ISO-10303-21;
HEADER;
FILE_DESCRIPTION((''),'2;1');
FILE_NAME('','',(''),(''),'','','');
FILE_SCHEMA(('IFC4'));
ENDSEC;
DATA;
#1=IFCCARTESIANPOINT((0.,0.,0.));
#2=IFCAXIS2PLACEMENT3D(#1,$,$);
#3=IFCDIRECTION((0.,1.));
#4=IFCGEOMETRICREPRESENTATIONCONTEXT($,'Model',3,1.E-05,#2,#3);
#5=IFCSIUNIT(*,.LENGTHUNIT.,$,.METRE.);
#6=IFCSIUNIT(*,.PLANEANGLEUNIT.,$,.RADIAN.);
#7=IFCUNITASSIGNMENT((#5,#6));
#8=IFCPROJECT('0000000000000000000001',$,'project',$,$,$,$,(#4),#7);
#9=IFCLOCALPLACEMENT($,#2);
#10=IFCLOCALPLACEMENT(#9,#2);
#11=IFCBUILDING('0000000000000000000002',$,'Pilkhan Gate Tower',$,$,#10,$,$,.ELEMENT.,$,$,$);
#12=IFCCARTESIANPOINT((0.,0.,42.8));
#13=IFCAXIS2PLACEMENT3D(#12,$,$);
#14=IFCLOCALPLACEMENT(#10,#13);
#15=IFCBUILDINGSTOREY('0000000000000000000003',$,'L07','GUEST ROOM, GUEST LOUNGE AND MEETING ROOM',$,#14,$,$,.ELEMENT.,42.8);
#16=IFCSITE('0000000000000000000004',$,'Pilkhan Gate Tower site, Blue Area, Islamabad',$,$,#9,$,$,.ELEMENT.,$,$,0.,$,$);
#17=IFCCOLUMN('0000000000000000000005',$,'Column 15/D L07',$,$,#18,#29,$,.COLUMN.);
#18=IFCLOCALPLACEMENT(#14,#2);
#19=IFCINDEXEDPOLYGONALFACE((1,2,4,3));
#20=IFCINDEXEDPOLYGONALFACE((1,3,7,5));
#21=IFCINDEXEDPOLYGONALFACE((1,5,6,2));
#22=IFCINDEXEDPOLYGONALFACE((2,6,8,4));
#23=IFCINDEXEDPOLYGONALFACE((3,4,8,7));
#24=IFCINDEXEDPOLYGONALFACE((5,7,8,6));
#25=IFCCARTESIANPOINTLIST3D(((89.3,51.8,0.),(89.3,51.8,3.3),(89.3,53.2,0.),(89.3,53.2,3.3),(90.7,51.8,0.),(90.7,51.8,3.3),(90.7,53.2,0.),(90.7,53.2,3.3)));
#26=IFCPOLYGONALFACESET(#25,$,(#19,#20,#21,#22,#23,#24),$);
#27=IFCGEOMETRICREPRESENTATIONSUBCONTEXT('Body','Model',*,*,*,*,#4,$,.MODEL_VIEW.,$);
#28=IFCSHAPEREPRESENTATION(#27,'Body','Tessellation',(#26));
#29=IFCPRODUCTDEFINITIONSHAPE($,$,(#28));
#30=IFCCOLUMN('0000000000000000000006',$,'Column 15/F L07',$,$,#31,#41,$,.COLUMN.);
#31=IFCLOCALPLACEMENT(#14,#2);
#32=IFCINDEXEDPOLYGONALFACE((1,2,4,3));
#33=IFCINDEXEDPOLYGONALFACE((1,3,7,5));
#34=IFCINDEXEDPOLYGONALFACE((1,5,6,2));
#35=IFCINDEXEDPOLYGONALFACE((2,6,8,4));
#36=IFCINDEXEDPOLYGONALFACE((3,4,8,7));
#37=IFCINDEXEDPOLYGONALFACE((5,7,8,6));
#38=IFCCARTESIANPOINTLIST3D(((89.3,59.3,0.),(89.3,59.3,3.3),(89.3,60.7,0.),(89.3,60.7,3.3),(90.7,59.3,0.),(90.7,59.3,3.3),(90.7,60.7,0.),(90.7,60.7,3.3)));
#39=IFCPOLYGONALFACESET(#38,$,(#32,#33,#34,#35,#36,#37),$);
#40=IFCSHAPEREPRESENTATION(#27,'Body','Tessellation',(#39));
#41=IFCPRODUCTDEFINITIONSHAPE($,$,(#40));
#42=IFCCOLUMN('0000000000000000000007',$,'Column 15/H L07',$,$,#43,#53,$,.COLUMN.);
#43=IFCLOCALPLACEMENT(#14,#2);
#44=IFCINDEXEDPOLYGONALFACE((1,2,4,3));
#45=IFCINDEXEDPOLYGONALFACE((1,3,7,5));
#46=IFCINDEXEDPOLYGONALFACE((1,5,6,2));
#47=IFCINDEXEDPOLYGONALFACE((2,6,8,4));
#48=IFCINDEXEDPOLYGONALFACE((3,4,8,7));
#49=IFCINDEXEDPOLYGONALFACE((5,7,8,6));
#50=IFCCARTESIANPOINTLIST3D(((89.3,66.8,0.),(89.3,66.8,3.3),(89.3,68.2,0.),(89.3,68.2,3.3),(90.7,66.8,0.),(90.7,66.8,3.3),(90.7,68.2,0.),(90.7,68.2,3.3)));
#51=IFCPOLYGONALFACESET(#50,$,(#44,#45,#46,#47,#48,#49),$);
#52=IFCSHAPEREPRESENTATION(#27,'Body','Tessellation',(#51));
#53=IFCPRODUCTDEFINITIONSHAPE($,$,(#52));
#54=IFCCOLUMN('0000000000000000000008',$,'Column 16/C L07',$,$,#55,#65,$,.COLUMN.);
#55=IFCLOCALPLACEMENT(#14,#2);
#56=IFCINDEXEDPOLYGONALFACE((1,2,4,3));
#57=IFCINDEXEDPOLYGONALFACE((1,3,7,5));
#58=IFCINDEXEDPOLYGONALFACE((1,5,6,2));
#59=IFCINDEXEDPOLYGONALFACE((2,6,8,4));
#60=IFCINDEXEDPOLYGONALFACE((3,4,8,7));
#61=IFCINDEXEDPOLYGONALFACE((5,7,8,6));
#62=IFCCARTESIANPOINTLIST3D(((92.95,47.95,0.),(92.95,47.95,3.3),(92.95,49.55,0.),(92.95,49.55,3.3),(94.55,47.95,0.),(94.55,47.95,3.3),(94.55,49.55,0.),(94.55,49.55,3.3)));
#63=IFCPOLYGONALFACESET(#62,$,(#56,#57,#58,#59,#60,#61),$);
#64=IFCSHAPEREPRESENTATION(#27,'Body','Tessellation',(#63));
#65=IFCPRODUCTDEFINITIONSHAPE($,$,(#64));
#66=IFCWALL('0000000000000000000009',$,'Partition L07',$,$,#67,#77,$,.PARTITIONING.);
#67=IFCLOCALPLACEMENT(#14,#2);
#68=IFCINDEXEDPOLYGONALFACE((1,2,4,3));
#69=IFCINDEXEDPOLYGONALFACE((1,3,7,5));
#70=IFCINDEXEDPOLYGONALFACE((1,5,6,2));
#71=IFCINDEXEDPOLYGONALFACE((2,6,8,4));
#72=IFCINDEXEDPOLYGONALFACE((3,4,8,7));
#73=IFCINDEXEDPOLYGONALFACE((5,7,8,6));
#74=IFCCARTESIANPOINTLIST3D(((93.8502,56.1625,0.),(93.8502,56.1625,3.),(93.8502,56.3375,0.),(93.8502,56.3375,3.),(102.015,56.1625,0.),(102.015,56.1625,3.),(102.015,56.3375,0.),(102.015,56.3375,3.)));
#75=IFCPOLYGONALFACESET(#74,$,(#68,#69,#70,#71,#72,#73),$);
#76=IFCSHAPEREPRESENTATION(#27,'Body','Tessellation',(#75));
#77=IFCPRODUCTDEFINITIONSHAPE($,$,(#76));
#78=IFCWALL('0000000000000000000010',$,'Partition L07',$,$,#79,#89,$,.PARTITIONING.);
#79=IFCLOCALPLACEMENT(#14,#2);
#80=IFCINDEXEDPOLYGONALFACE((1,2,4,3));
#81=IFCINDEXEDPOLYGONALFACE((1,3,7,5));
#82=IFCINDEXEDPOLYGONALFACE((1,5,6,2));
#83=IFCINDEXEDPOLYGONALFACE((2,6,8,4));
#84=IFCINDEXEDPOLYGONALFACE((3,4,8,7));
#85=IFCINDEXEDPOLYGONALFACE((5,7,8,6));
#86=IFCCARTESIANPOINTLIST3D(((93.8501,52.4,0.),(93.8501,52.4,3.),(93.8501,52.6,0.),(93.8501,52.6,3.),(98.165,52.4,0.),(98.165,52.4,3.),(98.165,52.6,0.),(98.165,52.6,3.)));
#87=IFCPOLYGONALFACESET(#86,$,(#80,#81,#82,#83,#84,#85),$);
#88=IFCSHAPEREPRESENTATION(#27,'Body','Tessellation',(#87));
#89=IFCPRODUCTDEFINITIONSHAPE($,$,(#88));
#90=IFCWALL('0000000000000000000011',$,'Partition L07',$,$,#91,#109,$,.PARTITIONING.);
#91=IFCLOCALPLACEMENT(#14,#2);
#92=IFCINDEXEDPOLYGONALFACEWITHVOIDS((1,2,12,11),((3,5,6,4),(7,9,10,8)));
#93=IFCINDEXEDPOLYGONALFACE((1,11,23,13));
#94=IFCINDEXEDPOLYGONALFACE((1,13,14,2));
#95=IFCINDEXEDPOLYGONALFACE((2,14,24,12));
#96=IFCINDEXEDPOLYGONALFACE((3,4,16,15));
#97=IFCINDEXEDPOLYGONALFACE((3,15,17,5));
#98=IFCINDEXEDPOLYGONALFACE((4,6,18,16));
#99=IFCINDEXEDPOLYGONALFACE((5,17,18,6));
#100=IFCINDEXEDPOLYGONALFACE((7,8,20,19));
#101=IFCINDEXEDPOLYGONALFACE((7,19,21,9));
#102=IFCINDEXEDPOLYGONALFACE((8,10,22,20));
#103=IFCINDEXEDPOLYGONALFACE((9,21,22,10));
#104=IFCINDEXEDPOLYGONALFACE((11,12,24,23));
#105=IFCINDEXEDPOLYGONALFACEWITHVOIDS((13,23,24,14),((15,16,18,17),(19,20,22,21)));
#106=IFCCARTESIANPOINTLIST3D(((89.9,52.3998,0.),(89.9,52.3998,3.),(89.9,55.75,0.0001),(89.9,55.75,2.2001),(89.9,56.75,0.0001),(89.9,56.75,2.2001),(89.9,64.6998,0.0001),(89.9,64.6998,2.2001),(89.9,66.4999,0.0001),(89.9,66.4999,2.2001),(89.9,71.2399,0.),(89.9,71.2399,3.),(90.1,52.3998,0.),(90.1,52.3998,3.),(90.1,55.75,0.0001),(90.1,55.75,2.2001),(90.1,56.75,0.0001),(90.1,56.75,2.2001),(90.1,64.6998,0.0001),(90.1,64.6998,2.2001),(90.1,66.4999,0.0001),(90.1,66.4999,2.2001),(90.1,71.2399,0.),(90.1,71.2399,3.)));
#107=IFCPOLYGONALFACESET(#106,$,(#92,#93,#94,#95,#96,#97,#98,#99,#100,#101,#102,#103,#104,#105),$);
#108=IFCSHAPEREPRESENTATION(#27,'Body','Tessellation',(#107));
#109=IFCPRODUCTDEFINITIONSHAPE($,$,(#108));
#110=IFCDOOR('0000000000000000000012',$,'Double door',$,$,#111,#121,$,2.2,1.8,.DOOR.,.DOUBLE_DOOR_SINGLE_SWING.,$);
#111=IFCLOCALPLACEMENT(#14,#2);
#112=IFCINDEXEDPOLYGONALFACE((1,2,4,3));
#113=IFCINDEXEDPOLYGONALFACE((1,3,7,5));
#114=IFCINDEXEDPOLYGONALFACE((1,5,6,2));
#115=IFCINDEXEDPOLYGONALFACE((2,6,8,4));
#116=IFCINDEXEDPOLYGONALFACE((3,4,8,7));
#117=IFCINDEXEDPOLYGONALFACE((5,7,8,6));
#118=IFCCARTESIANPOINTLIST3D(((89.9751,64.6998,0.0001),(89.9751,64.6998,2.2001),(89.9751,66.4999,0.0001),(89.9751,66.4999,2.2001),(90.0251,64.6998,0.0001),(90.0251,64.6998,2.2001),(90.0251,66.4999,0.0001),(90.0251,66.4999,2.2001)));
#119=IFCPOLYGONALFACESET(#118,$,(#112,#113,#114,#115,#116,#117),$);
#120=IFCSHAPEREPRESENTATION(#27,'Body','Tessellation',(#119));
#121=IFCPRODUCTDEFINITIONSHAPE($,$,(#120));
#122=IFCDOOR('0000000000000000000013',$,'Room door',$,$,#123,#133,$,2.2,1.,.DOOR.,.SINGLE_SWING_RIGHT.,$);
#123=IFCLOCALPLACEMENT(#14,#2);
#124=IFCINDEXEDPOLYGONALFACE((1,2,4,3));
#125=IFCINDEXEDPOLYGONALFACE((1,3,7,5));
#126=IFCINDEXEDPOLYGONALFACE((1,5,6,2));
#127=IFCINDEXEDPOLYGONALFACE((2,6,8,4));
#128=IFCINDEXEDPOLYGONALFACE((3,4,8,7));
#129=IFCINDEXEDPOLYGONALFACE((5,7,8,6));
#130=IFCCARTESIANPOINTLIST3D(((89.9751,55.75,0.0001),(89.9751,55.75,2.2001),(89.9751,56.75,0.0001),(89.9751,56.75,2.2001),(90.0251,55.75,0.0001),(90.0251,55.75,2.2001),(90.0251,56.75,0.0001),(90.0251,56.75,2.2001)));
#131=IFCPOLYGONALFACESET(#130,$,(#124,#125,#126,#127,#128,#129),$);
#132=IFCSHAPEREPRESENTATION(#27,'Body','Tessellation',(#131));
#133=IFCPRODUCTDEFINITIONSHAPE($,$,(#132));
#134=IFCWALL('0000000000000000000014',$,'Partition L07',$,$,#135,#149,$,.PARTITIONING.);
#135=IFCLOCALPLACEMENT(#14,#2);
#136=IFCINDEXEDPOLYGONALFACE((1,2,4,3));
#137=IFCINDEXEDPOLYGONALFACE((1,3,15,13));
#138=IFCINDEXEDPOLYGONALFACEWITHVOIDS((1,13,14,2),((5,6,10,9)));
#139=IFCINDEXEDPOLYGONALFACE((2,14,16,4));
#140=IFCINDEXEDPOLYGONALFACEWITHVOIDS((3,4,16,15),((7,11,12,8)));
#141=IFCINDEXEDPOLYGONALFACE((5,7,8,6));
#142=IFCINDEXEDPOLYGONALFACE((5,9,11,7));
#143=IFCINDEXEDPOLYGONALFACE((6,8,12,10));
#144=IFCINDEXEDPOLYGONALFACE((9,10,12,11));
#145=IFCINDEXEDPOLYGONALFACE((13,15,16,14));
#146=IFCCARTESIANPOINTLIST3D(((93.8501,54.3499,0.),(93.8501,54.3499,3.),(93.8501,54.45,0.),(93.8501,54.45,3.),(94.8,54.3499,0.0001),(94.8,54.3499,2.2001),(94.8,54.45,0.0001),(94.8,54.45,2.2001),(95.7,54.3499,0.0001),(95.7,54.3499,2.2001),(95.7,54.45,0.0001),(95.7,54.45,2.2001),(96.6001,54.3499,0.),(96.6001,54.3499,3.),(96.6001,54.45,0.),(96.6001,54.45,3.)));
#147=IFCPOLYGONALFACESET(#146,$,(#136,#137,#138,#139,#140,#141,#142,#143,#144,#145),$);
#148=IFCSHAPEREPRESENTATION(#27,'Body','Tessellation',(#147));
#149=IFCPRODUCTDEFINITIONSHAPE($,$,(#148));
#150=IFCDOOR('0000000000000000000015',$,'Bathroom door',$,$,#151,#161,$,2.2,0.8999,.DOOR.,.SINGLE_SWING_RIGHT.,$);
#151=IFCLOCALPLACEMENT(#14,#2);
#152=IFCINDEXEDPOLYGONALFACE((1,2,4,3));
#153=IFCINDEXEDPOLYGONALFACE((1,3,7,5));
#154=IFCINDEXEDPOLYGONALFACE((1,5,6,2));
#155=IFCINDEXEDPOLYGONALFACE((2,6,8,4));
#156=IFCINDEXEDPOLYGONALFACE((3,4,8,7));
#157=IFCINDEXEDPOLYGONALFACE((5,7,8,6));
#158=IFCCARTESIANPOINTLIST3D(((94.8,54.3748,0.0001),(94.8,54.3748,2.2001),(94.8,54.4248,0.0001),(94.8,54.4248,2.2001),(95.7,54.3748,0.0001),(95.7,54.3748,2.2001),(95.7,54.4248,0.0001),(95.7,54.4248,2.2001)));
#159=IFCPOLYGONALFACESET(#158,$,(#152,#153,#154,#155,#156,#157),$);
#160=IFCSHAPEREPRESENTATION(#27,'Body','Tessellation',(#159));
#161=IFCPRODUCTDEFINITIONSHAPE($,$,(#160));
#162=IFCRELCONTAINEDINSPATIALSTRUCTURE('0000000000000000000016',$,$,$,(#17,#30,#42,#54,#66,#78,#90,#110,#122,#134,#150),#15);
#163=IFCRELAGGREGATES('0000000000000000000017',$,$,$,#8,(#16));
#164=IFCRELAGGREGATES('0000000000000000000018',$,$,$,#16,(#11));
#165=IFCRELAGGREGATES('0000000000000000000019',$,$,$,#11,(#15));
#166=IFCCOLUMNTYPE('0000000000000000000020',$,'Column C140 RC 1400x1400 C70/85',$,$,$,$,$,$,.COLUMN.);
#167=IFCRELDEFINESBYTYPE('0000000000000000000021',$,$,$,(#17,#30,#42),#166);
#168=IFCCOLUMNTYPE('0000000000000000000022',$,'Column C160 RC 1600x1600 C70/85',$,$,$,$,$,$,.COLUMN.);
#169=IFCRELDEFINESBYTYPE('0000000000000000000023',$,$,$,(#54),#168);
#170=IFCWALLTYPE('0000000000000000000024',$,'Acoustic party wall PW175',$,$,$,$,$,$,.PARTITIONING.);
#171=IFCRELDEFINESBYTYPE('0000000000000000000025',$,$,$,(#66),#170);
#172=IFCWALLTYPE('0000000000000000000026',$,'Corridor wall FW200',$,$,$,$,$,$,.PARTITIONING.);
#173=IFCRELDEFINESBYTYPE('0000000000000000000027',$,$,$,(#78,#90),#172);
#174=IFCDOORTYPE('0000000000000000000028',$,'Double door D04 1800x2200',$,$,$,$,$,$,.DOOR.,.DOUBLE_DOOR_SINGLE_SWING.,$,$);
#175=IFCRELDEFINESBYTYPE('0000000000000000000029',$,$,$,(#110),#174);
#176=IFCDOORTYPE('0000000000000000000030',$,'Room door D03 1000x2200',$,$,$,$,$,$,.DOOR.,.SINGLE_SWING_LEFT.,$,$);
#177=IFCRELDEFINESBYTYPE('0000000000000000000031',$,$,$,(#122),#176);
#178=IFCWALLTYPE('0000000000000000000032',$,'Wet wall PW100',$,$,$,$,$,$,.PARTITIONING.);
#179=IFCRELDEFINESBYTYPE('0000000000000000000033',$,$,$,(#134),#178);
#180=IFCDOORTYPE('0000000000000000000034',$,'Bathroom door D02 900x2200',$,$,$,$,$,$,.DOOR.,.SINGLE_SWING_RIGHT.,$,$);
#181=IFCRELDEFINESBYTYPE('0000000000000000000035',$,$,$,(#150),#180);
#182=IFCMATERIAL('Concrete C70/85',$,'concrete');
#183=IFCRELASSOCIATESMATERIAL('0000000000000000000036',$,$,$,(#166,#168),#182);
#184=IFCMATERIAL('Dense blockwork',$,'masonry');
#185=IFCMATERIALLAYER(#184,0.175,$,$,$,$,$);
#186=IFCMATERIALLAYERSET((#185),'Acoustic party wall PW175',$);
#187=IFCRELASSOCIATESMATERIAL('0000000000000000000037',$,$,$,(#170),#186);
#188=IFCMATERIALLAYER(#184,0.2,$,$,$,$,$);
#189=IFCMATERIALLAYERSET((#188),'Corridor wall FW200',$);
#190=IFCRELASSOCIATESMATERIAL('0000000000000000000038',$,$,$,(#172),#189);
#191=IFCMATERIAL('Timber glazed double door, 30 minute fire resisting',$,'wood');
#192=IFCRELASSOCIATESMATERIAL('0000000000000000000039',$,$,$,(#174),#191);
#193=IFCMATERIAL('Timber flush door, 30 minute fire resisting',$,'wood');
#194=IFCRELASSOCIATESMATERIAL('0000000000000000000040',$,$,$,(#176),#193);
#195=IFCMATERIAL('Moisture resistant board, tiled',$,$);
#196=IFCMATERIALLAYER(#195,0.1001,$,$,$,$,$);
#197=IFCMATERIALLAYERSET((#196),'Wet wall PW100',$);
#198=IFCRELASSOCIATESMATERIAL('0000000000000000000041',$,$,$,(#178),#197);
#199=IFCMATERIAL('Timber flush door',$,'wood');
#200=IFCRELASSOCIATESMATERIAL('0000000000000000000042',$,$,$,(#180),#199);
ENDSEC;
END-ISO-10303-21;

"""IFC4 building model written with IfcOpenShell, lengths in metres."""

from ifc_helpers import new_model, si_unit, direction, frame, frame_2d, origin, origin_2d, place, context, subcontext, project, spatial, rectangle, extrude, material, layer, layer_set, material_profile, profile_set, type_object, element, fill, save


model = new_model("IFC4")

# Units and contexts
model_context = context("Model", 3, precision=1e-05, world=origin(), true_north=direction((0.0, 1.0)))
body_context = subcontext(model_context, "Body", "Model", "MODEL_VIEW")
ifc_project = project(units=[si_unit("LENGTHUNIT", "METRE"), si_unit("PLANEANGLEUNIT", "RADIAN")], contexts=[model_context])

# Site, building, storey
site_placement = place(None, origin())
site = spatial("IfcSite", under=ifc_project, at=site_placement, Name="Pilkhan Gate Tower site, Blue Area, Islamabad", CompositionType="ELEMENT", RefElevation=0.0)
building_placement = place(site_placement, origin())
building = spatial("IfcBuilding", under=site, at=building_placement, Name="Pilkhan Gate Tower", CompositionType="ELEMENT")
storey_placement = place(building_placement, frame((0.0, 0.0, 42.8)))
storey = spatial("IfcBuildingStorey", under=building, at=storey_placement, Name="L07", Description="GUEST ROOM, GUEST LOUNGE AND MEETING ROOM", CompositionType="ELEMENT", Elevation=42.8)

# Columns
ifc_material_1 = material(Name="Concrete C70/85", Category="concrete")
ifc_material_profile_1 = material_profile(ifc_material_1, rectangle(XDim=1.3999, YDim=1.3999, at=origin_2d()), Name="RC 1400x1400")
ifc_profile_set_1 = profile_set([ifc_material_profile_1], Name="Concrete C70/85")
column_type_1 = type_object("IfcColumnType", Name="Column C140 RC 1400x1400 C70/85", PredefinedType="COLUMN", material=ifc_profile_set_1)
for number, where, z_axis, x_axis, name in (
    (1, (90.0, 52.5, 0.0), (0.0, 0.0, 1.0), (1.0, 0.0, 0.0), "Column 15/D L07"),
    (2, (90.0, 60.0, 0.0), (0.0, 0.0, 1.0), (1.0, 0.0, 0.0), "Column 15/F L07"),
    (3, (90.0, 67.5, 0.0), (0.0, 0.0, 1.0), (1.0, 0.0, 0.0), "Column 15/H L07"),
):
    element("IfcColumn", number, at=place(storey_placement, frame(where, z_axis=z_axis, x_axis=x_axis)), inside=storey, type_object=column_type_1, Name=name, PredefinedType="COLUMN", context=body_context, shape_type="SweptSolid", body=[
        extrude(rectangle(XDim=1.3999, YDim=1.3999, at=origin_2d()), origin(), (0.0, 0.0, 1.0), 3.3),
    ])
ifc_material_profile_2 = material_profile(ifc_material_1, rectangle(XDim=1.6001, YDim=1.6001, at=origin_2d()), Name="RC 1600x1600")
ifc_profile_set_2 = profile_set([ifc_material_profile_2], Name="Concrete C70/85")
column_type_2 = type_object("IfcColumnType", Name="Column C160 RC 1600x1600 C70/85", PredefinedType="COLUMN", material=ifc_profile_set_2)
column_placement = place(storey_placement, frame((93.75, 48.75, 0.0), z_axis=(0.0, 0.0, 1.0), x_axis=(1.0, 0.0, 0.0)))
element("IfcColumn", 4, at=column_placement, inside=storey, type_object=column_type_2, Name="Column 16/C L07", PredefinedType="COLUMN", context=body_context, shape_type="SweptSolid", body=[
    extrude(rectangle(XDim=1.6001, YDim=1.6001, at=origin_2d()), origin(), (0.0, 0.0, 1.0), 3.3),
])

# Walls
ifc_material_2 = material(Name="Dense blockwork", Category="masonry")
ifc_layer_1 = layer(ifc_material_2, 0.175)
ifc_layer_set_1 = layer_set([ifc_layer_1], Name="Acoustic party wall PW175")
wall_type_1 = type_object("IfcWallType", Name="Acoustic party wall PW175", PredefinedType="PARTITIONING", material=ifc_layer_set_1)
wall_1_placement = place(storey_placement, frame((93.8501, 56.25, 0.0), z_axis=(0.0, 0.0, 1.0), x_axis=(1.0, 0.0, 0.0)))
element("IfcWall", 5, at=wall_1_placement, inside=storey, type_object=wall_type_1, Name="Partition L07", PredefinedType="PARTITIONING", context=body_context, shape_type="SweptSolid", body=[
    extrude(rectangle(XDim=8.1648, YDim=0.175, at=frame_2d((4.0825, 0.0))), origin(), (0.0, 0.0, 1.0), 3.0),
])
ifc_layer_2 = layer(ifc_material_2, 0.2)
ifc_layer_set_2 = layer_set([ifc_layer_2], Name="Corridor wall FW200")
wall_type_2 = type_object("IfcWallType", Name="Corridor wall FW200", PredefinedType="PARTITIONING", material=ifc_layer_set_2)
wall_2_placement = place(storey_placement, frame((93.8501, 52.5, 0.0), z_axis=(0.0, 0.0, 1.0), x_axis=(1.0, 0.0, 0.0)))
element("IfcWall", 6, at=wall_2_placement, inside=storey, type_object=wall_type_2, Name="Partition L07", PredefinedType="PARTITIONING", context=body_context, shape_type="SweptSolid", body=[
    extrude(rectangle(XDim=4.3149, YDim=0.2, at=frame_2d((2.1575, 0.0))), origin(), (0.0, 0.0, 1.0), 3.0),
])

# Wall, openings, doors
wall_3_placement = place(storey_placement, frame((90.0, 52.3999, 0.0), z_axis=(0.0, 0.0, 1.0), x_axis=(0.0, 1.0, 0.0)))
wall_3 = element("IfcWall", 7, at=wall_3_placement, inside=storey, type_object=wall_type_2, Name="Partition L07", PredefinedType="PARTITIONING", context=body_context, shape_type="SweptSolid", body=[
    extrude(rectangle(XDim=18.8401, YDim=0.2, at=frame_2d((9.4199, 0.0))), origin(), (0.0, 0.0, 1.0), 3.0),
])
opening_1_placement = place(wall_3_placement, frame((3.3501, 0.0, 0.0)))
opening_1 = element("IfcOpeningElement", 8, at=opening_1_placement, cuts=wall_3, PredefinedType="OPENING", context=body_context, shape_type="SweptSolid", body=[
    extrude(rectangle(XDim=1.0, YDim=2.2, at=frame_2d((0.5, 1.1001))), frame((0.0, 0.1099, 0.0), z_axis=(0.0, -1.0, 0.0), x_axis=(1.0, 0.0, 0.0)), (0.0, 0.0, 1.0), 0.22),
])
opening_2_placement = place(wall_3_placement, frame((12.3, 0.0, 0.0)))
opening_2 = element("IfcOpeningElement", 9, at=opening_2_placement, cuts=wall_3, PredefinedType="OPENING", context=body_context, shape_type="SweptSolid", body=[
    extrude(rectangle(XDim=1.8, YDim=2.2, at=frame_2d((0.8999, 1.1001))), frame((0.0, 0.1099, 0.0), z_axis=(0.0, -1.0, 0.0), x_axis=(1.0, 0.0, 0.0)), (0.0, 0.0, 1.0), 0.22),
])
ifc_material_3 = material(Name="Timber glazed double door, 30 minute fire resisting", Category="wood")
door_type_1 = type_object("IfcDoorType", Name="Double door D04 1800x2200", OperationType="DOUBLE_DOOR_SINGLE_SWING", PredefinedType="DOOR", material=ifc_material_3)
door_1_placement = place(opening_2_placement, origin())
door_1 = element("IfcDoor", 10, at=door_1_placement, inside=storey, type_object=door_type_1, Name="Double door", OperationType="DOUBLE_DOOR_SINGLE_SWING", OverallHeight=2.2, OverallWidth=1.8, PredefinedType="DOOR", context=body_context, shape_type="SweptSolid", body=[
    extrude(rectangle(XDim=1.8, YDim=2.2, at=frame_2d((0.8999, 1.1001))), frame((0.0, 0.0249, 0.0), z_axis=(0.0, -1.0, 0.0), x_axis=(1.0, 0.0, 0.0)), (0.0, 0.0, 1.0), 0.05),
])
fill(opening_2, door_1)
ifc_material_4 = material(Name="Timber flush door, 30 minute fire resisting", Category="wood")
door_type_2 = type_object("IfcDoorType", Name="Room door D03 1000x2200", OperationType="SINGLE_SWING_LEFT", PredefinedType="DOOR", material=ifc_material_4)
door_2_placement = place(opening_1_placement, origin())
door_2 = element("IfcDoor", 11, at=door_2_placement, inside=storey, type_object=door_type_2, Name="Room door", OperationType="SINGLE_SWING_RIGHT", OverallHeight=2.2, OverallWidth=1.0, PredefinedType="DOOR", context=body_context, shape_type="SweptSolid", body=[
    extrude(rectangle(XDim=1.0, YDim=2.2, at=frame_2d((0.5, 1.1001))), frame((0.0, 0.0249, 0.0), z_axis=(0.0, -1.0, 0.0), x_axis=(1.0, 0.0, 0.0)), (0.0, 0.0, 1.0), 0.05),
])
fill(opening_1, door_2)

# Wall, opening, door
ifc_material_5 = material(Name="Moisture resistant board, tiled")
ifc_layer_3 = layer(ifc_material_5, 0.1001)
ifc_layer_set_3 = layer_set([ifc_layer_3], Name="Wet wall PW100")
wall_type_3 = type_object("IfcWallType", Name="Wet wall PW100", PredefinedType="PARTITIONING", material=ifc_layer_set_3)
wall_4_placement = place(storey_placement, frame((93.8501, 54.3999, 0.0), z_axis=(0.0, 0.0, 1.0), x_axis=(1.0, 0.0, 0.0)))
wall_4 = element("IfcWall", 12, at=wall_4_placement, inside=storey, type_object=wall_type_3, Name="Partition L07", PredefinedType="PARTITIONING", context=body_context, shape_type="SweptSolid", body=[
    extrude(rectangle(XDim=2.75, YDim=0.1001, at=frame_2d((1.375, 0.0))), origin(), (0.0, 0.0, 1.0), 3.0),
])
opening_3_placement = place(wall_4_placement, frame((0.95, 0.0, 0.0)))
opening_3 = element("IfcOpeningElement", 13, at=opening_3_placement, cuts=wall_4, PredefinedType="OPENING", context=body_context, shape_type="SweptSolid", body=[
    extrude(rectangle(XDim=0.8999, YDim=2.2, at=frame_2d((0.45, 1.1001))), frame((0.0, 0.0601, 0.0), z_axis=(0.0, -1.0, 0.0), x_axis=(1.0, 0.0, 0.0)), (0.0, 0.0, 1.0), 0.1201),
])
ifc_material_6 = material(Name="Timber flush door", Category="wood")
door_type_3 = type_object("IfcDoorType", Name="Bathroom door D02 900x2200", OperationType="SINGLE_SWING_RIGHT", PredefinedType="DOOR", material=ifc_material_6)
door_3_placement = place(opening_3_placement, origin())
door_3 = element("IfcDoor", 14, at=door_3_placement, inside=storey, type_object=door_type_3, Name="Bathroom door", OperationType="SINGLE_SWING_RIGHT", OverallHeight=2.2, OverallWidth=0.8999, PredefinedType="DOOR", context=body_context, shape_type="SweptSolid", body=[
    extrude(rectangle(XDim=0.8999, YDim=2.2, at=frame_2d((0.45, 1.1001))), frame((0.0, 0.0249, 0.0), z_axis=(0.0, -1.0, 0.0), x_axis=(1.0, 0.0, 0.0)), (0.0, 0.0, 1.0), 0.05),
])
fill(opening_3, door_3)

save(model, "model.ifc")
